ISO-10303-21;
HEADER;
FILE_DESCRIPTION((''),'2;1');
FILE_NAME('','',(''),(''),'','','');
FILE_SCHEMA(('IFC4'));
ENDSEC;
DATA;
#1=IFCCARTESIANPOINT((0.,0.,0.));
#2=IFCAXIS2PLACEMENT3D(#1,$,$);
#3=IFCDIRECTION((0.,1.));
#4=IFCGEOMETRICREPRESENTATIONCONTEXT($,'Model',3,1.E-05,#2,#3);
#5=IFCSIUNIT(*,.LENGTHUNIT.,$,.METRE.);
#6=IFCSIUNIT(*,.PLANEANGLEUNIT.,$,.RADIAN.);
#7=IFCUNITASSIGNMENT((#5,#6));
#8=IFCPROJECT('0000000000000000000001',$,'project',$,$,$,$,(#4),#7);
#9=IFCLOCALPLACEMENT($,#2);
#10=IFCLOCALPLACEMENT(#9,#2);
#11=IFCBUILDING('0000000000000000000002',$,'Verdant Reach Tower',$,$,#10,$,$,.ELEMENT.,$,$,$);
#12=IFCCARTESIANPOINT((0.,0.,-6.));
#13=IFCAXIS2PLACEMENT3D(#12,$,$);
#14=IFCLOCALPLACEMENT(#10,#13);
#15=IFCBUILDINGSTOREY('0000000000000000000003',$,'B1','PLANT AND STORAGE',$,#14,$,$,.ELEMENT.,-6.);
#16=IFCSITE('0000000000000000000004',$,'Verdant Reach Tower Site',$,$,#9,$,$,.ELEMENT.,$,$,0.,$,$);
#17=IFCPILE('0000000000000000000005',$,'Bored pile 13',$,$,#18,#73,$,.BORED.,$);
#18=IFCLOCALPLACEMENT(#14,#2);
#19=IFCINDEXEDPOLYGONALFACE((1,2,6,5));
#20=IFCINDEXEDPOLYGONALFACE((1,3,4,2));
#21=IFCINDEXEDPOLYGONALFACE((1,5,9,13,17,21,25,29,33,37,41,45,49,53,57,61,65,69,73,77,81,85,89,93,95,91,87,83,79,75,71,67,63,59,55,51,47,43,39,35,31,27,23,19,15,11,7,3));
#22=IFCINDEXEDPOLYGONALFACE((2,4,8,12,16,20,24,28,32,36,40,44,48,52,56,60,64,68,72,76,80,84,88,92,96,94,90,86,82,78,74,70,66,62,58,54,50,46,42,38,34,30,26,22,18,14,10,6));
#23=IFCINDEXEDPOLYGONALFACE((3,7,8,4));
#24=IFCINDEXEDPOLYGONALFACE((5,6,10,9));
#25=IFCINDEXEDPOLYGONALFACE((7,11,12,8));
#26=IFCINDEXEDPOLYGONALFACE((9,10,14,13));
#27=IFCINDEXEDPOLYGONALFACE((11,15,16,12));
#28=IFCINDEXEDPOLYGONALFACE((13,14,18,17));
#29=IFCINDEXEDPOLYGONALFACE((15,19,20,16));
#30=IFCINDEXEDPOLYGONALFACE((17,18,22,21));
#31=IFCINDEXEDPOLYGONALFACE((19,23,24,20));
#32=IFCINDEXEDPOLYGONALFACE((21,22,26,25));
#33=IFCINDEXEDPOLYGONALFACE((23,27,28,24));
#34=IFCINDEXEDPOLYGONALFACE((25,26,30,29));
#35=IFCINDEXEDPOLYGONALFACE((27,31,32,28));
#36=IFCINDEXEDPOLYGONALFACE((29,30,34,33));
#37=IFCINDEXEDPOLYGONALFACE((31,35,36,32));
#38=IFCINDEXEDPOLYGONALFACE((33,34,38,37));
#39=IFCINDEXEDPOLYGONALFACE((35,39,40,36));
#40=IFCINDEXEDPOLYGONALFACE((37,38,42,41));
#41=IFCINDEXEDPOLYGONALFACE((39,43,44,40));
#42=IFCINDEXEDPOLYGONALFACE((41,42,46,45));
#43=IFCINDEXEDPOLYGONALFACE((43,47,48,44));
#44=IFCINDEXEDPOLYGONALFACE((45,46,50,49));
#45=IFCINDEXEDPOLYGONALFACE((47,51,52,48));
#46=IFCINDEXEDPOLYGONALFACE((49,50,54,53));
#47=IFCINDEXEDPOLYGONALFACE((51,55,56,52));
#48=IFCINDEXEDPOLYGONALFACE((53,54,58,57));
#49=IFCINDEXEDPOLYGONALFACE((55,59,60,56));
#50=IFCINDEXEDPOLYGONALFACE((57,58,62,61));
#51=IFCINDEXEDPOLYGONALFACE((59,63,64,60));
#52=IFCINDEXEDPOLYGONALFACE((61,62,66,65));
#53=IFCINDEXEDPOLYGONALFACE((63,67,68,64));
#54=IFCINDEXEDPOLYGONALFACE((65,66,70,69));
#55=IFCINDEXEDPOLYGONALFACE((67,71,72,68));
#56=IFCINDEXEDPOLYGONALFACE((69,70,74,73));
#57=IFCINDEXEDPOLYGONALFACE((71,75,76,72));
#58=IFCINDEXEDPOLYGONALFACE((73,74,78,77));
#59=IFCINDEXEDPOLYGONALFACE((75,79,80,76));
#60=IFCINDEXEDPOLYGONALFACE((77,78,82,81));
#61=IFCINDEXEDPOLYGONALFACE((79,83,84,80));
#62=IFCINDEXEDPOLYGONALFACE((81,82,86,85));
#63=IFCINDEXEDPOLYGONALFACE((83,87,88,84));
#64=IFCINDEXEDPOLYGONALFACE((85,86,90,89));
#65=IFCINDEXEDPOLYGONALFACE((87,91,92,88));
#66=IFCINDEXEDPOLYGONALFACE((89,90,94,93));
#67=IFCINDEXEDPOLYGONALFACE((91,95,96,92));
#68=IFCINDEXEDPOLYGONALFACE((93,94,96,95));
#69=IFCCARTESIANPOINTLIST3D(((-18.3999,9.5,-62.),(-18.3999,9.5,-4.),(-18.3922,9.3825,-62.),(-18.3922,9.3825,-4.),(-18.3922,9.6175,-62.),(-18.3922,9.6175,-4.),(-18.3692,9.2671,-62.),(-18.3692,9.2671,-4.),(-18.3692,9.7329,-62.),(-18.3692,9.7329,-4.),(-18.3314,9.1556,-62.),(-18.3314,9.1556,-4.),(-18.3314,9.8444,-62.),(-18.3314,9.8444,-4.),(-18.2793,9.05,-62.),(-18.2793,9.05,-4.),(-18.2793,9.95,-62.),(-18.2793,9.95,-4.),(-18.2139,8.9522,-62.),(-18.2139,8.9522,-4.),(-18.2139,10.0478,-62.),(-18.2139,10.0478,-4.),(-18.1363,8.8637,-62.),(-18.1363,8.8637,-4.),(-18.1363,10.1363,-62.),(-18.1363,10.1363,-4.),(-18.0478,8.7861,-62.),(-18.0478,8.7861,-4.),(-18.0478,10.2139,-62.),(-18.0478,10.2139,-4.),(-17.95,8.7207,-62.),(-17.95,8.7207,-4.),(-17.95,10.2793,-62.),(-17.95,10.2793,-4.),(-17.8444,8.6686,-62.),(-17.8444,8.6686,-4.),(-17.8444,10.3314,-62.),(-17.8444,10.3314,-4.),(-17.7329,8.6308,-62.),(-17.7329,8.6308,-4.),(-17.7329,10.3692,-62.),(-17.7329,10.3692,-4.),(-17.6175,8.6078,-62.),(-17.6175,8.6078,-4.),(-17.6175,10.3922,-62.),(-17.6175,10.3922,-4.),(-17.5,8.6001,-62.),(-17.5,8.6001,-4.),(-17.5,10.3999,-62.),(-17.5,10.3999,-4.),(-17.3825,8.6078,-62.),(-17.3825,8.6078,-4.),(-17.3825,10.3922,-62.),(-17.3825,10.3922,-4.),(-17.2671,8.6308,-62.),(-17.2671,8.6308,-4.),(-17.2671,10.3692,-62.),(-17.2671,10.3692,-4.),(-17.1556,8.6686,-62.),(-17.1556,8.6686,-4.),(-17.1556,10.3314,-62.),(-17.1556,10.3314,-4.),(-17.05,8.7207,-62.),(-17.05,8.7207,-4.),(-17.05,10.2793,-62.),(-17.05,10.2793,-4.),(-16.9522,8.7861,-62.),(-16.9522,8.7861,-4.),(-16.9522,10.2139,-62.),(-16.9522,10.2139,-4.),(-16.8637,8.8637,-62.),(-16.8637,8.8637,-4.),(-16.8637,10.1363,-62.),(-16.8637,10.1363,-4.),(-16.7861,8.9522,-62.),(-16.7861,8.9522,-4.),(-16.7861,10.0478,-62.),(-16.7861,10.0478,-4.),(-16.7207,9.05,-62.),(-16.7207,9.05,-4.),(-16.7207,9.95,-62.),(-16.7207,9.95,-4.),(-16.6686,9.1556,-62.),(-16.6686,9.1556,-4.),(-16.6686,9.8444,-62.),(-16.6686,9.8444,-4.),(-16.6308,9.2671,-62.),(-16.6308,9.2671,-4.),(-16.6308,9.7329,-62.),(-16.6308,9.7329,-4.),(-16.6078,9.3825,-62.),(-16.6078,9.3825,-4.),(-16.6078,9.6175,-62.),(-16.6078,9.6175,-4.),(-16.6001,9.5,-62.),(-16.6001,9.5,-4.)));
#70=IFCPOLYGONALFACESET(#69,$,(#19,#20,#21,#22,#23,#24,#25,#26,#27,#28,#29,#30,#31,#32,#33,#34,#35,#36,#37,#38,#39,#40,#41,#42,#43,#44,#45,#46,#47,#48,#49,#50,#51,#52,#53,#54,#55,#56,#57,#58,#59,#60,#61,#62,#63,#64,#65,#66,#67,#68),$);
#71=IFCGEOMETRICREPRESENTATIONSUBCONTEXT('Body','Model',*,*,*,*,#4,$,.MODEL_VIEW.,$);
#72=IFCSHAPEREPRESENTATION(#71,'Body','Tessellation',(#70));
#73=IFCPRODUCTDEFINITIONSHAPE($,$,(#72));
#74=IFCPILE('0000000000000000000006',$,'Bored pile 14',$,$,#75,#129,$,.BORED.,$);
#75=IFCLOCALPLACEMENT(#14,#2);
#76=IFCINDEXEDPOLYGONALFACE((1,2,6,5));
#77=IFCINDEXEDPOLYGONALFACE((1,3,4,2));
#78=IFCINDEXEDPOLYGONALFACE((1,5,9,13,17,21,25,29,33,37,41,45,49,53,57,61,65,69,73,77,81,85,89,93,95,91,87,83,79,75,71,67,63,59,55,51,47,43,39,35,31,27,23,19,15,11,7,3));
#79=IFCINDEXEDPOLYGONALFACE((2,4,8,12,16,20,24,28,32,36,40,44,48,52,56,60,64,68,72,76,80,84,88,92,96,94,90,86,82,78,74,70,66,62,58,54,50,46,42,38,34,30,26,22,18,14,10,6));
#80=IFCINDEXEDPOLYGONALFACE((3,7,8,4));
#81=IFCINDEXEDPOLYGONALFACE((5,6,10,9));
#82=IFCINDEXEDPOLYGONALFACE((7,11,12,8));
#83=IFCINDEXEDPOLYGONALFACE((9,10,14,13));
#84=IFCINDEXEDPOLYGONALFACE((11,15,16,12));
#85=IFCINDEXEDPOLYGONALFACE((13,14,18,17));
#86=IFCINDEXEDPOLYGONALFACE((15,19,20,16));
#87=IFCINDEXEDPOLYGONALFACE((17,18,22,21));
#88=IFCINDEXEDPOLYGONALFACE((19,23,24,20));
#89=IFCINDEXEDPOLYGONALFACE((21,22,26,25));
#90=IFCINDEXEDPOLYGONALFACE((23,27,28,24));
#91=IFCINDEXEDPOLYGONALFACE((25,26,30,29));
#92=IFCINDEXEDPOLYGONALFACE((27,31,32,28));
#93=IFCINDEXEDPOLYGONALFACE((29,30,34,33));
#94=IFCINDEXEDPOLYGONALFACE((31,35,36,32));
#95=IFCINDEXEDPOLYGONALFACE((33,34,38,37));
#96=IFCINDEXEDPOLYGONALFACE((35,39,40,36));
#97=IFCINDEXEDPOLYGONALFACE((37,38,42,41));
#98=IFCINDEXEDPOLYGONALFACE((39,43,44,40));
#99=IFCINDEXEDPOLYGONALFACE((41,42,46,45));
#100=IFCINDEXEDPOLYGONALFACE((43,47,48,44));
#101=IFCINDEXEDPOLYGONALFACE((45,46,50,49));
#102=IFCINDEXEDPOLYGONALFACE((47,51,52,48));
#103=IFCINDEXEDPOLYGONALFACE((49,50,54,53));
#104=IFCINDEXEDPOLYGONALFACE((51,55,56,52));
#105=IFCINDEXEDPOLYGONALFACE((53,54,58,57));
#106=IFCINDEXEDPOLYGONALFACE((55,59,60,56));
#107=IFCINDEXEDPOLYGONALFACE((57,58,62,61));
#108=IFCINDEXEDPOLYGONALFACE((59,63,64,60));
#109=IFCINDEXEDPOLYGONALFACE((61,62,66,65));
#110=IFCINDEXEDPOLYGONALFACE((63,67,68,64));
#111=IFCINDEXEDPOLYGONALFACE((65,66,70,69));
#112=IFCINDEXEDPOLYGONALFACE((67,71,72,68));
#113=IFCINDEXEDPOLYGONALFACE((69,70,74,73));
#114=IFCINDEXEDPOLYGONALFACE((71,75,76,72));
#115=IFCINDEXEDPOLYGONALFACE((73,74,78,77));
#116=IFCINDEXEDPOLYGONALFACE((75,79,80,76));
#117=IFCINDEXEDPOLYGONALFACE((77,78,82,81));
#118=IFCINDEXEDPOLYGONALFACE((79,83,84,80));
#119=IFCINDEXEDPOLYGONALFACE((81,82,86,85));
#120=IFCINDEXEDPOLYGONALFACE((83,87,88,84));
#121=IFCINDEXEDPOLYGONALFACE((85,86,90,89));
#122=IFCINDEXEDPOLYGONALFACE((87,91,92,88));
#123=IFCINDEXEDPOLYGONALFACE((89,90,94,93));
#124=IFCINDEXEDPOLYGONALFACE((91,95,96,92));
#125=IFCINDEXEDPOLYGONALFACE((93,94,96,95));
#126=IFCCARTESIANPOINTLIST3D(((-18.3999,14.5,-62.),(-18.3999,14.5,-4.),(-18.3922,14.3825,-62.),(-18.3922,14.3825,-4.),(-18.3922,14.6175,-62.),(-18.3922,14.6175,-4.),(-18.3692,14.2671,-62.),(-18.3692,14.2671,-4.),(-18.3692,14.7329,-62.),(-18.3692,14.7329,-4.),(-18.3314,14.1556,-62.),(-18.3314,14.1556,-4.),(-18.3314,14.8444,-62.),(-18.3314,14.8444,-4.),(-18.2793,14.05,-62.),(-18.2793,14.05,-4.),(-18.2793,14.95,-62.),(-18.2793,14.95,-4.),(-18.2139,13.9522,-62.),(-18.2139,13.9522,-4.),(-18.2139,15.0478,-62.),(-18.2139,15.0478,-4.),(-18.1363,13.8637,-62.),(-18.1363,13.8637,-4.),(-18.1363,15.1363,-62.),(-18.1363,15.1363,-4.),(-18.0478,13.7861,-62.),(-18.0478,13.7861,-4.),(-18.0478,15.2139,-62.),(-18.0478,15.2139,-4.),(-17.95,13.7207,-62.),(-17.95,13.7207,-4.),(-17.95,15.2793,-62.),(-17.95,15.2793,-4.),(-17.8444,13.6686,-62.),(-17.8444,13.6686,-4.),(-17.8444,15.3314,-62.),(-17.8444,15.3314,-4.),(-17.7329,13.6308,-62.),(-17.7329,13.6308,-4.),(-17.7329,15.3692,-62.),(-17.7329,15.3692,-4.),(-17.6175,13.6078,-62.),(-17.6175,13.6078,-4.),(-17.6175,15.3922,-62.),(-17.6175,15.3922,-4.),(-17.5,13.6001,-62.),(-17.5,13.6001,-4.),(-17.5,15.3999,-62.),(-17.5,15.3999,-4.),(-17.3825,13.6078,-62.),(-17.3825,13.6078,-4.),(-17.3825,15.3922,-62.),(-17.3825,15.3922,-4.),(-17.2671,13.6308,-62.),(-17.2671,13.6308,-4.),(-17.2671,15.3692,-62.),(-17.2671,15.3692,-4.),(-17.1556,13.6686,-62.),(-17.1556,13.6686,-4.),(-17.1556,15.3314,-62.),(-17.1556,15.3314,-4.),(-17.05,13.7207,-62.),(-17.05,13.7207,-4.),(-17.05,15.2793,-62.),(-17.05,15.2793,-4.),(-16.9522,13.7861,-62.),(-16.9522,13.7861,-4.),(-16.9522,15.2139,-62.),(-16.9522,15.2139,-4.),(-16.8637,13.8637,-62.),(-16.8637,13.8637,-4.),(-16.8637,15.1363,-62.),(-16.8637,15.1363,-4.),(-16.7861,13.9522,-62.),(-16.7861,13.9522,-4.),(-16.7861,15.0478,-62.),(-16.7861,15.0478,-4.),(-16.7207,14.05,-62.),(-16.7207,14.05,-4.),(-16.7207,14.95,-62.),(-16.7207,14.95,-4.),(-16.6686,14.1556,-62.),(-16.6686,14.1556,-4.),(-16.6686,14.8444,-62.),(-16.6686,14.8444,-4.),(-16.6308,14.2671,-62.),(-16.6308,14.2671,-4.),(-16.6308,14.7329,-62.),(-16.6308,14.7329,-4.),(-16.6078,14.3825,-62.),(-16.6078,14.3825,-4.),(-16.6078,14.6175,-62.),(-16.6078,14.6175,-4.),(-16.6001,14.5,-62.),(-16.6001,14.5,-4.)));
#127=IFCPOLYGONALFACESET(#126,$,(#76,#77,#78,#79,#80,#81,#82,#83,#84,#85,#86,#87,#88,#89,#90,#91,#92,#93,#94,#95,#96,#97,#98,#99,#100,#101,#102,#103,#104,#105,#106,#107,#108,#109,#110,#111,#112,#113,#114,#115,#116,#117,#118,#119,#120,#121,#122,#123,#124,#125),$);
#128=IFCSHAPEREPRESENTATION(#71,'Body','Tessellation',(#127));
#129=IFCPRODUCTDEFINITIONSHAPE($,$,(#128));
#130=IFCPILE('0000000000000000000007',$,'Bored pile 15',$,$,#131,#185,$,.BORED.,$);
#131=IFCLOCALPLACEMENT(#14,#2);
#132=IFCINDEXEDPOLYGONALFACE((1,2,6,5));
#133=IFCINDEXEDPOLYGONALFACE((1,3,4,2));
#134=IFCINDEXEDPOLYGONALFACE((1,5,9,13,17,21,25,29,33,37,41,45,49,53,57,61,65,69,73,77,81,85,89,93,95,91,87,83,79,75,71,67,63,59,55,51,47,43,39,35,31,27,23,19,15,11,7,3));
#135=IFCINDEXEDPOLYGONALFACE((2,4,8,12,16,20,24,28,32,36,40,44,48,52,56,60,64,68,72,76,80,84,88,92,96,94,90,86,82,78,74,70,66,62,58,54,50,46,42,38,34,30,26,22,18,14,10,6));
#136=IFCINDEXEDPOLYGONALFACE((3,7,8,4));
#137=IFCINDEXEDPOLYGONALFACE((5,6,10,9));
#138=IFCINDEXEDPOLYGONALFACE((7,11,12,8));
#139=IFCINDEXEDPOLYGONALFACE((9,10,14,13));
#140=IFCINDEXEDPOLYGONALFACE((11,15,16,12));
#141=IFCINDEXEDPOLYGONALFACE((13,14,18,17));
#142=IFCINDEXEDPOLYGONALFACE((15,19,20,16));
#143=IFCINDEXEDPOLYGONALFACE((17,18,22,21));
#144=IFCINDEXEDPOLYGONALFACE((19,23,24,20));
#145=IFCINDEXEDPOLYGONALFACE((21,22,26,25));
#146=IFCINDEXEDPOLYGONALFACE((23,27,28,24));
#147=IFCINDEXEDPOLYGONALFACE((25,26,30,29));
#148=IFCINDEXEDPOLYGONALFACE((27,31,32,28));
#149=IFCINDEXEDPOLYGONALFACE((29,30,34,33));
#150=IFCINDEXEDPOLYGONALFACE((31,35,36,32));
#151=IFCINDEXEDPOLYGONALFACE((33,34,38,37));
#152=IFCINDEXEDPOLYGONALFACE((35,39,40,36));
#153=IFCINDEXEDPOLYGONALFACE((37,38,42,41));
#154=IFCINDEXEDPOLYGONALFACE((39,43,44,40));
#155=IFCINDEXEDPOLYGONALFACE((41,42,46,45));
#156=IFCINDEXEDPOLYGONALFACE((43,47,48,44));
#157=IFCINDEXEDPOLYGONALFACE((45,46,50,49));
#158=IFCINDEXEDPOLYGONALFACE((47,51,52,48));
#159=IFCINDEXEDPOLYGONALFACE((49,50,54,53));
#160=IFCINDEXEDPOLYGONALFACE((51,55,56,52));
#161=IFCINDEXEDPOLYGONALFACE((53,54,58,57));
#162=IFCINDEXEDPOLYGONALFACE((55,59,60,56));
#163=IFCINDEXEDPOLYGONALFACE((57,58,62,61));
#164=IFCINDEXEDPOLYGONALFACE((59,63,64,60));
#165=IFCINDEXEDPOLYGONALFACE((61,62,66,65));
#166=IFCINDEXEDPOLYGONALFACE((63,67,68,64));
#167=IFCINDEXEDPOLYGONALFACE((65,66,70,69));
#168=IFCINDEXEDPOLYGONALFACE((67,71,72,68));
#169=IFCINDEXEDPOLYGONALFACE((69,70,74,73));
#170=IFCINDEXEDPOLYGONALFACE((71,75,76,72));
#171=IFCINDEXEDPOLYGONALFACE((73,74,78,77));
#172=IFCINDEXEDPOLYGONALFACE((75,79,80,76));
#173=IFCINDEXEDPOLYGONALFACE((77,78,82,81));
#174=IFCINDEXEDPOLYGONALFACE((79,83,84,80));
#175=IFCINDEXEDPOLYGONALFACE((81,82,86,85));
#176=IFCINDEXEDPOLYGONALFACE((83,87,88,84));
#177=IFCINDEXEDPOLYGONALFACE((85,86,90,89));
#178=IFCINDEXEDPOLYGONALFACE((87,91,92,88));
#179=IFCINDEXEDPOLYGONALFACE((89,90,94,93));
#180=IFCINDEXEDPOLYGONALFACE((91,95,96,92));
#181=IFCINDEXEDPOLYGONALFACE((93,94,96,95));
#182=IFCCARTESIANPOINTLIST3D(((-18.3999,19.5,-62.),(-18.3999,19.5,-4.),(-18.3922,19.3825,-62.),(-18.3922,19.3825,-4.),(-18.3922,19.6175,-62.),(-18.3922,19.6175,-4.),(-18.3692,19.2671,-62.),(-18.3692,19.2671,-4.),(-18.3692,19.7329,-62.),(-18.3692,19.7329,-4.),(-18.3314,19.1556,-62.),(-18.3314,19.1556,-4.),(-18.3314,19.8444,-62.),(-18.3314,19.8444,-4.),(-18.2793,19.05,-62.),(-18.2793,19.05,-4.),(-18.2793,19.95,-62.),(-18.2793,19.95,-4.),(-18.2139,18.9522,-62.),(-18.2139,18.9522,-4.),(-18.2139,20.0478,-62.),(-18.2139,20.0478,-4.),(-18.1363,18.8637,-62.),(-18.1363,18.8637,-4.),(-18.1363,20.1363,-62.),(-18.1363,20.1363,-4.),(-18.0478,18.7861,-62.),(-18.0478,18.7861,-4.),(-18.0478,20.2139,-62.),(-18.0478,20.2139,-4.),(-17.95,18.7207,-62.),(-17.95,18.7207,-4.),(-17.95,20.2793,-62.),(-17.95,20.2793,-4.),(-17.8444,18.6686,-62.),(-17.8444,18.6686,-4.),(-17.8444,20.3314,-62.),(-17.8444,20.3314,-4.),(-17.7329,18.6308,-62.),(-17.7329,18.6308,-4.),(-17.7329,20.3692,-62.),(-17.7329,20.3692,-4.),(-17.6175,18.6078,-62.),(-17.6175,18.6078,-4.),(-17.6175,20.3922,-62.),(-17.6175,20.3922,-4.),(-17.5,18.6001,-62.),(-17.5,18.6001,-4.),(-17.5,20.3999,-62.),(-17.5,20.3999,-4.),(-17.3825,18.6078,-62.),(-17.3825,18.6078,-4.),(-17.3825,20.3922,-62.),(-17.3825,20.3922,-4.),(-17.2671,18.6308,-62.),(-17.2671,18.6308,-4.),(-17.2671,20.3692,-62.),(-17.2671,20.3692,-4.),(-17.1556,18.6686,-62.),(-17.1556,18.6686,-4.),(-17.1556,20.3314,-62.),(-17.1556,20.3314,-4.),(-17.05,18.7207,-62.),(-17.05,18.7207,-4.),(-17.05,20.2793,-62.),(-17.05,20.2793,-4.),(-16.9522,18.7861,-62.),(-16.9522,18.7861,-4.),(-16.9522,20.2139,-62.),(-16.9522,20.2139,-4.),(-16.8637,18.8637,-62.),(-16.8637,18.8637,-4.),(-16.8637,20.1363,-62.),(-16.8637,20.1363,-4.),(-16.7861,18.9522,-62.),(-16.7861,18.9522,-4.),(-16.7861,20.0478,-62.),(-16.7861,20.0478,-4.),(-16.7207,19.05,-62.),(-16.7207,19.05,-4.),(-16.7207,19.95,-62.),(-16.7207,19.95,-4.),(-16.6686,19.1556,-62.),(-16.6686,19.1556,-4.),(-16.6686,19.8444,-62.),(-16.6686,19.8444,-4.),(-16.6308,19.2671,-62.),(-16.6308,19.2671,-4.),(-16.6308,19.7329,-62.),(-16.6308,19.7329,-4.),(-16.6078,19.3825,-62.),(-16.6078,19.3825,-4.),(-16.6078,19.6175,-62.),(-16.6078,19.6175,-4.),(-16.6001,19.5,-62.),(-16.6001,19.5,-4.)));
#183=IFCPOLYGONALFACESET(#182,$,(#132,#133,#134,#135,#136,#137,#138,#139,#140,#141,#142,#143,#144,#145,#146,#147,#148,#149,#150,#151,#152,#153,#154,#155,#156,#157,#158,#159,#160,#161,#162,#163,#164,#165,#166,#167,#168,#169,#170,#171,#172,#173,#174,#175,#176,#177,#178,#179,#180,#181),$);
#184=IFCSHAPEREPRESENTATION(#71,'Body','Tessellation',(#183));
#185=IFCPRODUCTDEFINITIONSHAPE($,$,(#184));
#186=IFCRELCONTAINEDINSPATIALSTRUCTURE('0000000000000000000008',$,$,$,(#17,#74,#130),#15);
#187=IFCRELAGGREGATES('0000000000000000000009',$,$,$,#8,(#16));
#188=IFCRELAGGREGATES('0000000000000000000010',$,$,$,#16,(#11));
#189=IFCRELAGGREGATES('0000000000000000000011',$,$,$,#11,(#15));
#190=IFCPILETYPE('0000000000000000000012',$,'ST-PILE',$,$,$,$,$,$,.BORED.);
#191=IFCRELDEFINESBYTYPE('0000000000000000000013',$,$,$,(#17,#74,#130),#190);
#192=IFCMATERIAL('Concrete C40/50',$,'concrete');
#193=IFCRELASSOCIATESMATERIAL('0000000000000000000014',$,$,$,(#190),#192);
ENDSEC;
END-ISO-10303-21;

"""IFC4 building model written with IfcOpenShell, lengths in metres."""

from ifc_helpers import new_model, si_unit, direction, frame, origin, origin_2d, place, context, subcontext, project, spatial, circle, extrude, material, material_profile, profile_set, type_object, element, save


model = new_model("IFC4")

# Units and contexts
model_context = context("Model", 3, precision=1e-05, world=origin(), true_north=direction((0.0, 1.0)))
body_context = subcontext(model_context, "Body", "Model", "MODEL_VIEW")
ifc_project = project(units=[si_unit("LENGTHUNIT", "METRE"), si_unit("PLANEANGLEUNIT", "RADIAN")], contexts=[model_context])

# Site, building, storey
site_placement = place(None, origin())
site = spatial("IfcSite", under=ifc_project, at=site_placement, Name="Verdant Reach Tower Site", CompositionType="ELEMENT", RefElevation=0.0)
building_placement = place(site_placement, origin())
building = spatial("IfcBuilding", under=site, at=building_placement, Name="Verdant Reach Tower", CompositionType="ELEMENT")
storey_placement = place(building_placement, frame((0.0, 0.0, -6.0)))
storey = spatial("IfcBuildingStorey", under=building, at=storey_placement, Name="B1", Description="PLANT AND STORAGE", CompositionType="ELEMENT", Elevation=-6.0)

# Piles
ifc_material_1 = material(Name="Concrete C40/50", Category="concrete")
ifc_material_profile_1 = material_profile(ifc_material_1, circle(Radius=0.8999, at=origin_2d()), Name="BP 1800")
ifc_profile_set_1 = profile_set([ifc_material_profile_1], Name="Concrete C40/50")
pile_type = type_object("IfcPileType", Name="ST-PILE", PredefinedType="BORED", material=ifc_profile_set_1)
for number, where, z_axis, x_axis, name in (
    (1, (-17.5, 9.5, -4.0), (0.0, 0.0, -1.0), (1.0, 0.0, 0.0), "Bored pile 13"),
    (2, (-17.5, 14.5, -4.0), (0.0, 0.0, -1.0), (1.0, 0.0, 0.0), "Bored pile 14"),
    (3, (-17.5, 19.5, -4.0), (0.0, 0.0, -1.0), (1.0, 0.0, 0.0), "Bored pile 15"),
):
    element("IfcPile", number, at=place(storey_placement, frame(where, z_axis=z_axis, x_axis=x_axis)), inside=storey, type_object=pile_type, Name=name, PredefinedType="BORED", context=body_context, shape_type="SweptSolid", body=[
        extrude(circle(Radius=0.8999, at=origin_2d()), origin(), (0.0, 0.0, 1.0), 58.0),
    ])

save(model, "model.ifc")
